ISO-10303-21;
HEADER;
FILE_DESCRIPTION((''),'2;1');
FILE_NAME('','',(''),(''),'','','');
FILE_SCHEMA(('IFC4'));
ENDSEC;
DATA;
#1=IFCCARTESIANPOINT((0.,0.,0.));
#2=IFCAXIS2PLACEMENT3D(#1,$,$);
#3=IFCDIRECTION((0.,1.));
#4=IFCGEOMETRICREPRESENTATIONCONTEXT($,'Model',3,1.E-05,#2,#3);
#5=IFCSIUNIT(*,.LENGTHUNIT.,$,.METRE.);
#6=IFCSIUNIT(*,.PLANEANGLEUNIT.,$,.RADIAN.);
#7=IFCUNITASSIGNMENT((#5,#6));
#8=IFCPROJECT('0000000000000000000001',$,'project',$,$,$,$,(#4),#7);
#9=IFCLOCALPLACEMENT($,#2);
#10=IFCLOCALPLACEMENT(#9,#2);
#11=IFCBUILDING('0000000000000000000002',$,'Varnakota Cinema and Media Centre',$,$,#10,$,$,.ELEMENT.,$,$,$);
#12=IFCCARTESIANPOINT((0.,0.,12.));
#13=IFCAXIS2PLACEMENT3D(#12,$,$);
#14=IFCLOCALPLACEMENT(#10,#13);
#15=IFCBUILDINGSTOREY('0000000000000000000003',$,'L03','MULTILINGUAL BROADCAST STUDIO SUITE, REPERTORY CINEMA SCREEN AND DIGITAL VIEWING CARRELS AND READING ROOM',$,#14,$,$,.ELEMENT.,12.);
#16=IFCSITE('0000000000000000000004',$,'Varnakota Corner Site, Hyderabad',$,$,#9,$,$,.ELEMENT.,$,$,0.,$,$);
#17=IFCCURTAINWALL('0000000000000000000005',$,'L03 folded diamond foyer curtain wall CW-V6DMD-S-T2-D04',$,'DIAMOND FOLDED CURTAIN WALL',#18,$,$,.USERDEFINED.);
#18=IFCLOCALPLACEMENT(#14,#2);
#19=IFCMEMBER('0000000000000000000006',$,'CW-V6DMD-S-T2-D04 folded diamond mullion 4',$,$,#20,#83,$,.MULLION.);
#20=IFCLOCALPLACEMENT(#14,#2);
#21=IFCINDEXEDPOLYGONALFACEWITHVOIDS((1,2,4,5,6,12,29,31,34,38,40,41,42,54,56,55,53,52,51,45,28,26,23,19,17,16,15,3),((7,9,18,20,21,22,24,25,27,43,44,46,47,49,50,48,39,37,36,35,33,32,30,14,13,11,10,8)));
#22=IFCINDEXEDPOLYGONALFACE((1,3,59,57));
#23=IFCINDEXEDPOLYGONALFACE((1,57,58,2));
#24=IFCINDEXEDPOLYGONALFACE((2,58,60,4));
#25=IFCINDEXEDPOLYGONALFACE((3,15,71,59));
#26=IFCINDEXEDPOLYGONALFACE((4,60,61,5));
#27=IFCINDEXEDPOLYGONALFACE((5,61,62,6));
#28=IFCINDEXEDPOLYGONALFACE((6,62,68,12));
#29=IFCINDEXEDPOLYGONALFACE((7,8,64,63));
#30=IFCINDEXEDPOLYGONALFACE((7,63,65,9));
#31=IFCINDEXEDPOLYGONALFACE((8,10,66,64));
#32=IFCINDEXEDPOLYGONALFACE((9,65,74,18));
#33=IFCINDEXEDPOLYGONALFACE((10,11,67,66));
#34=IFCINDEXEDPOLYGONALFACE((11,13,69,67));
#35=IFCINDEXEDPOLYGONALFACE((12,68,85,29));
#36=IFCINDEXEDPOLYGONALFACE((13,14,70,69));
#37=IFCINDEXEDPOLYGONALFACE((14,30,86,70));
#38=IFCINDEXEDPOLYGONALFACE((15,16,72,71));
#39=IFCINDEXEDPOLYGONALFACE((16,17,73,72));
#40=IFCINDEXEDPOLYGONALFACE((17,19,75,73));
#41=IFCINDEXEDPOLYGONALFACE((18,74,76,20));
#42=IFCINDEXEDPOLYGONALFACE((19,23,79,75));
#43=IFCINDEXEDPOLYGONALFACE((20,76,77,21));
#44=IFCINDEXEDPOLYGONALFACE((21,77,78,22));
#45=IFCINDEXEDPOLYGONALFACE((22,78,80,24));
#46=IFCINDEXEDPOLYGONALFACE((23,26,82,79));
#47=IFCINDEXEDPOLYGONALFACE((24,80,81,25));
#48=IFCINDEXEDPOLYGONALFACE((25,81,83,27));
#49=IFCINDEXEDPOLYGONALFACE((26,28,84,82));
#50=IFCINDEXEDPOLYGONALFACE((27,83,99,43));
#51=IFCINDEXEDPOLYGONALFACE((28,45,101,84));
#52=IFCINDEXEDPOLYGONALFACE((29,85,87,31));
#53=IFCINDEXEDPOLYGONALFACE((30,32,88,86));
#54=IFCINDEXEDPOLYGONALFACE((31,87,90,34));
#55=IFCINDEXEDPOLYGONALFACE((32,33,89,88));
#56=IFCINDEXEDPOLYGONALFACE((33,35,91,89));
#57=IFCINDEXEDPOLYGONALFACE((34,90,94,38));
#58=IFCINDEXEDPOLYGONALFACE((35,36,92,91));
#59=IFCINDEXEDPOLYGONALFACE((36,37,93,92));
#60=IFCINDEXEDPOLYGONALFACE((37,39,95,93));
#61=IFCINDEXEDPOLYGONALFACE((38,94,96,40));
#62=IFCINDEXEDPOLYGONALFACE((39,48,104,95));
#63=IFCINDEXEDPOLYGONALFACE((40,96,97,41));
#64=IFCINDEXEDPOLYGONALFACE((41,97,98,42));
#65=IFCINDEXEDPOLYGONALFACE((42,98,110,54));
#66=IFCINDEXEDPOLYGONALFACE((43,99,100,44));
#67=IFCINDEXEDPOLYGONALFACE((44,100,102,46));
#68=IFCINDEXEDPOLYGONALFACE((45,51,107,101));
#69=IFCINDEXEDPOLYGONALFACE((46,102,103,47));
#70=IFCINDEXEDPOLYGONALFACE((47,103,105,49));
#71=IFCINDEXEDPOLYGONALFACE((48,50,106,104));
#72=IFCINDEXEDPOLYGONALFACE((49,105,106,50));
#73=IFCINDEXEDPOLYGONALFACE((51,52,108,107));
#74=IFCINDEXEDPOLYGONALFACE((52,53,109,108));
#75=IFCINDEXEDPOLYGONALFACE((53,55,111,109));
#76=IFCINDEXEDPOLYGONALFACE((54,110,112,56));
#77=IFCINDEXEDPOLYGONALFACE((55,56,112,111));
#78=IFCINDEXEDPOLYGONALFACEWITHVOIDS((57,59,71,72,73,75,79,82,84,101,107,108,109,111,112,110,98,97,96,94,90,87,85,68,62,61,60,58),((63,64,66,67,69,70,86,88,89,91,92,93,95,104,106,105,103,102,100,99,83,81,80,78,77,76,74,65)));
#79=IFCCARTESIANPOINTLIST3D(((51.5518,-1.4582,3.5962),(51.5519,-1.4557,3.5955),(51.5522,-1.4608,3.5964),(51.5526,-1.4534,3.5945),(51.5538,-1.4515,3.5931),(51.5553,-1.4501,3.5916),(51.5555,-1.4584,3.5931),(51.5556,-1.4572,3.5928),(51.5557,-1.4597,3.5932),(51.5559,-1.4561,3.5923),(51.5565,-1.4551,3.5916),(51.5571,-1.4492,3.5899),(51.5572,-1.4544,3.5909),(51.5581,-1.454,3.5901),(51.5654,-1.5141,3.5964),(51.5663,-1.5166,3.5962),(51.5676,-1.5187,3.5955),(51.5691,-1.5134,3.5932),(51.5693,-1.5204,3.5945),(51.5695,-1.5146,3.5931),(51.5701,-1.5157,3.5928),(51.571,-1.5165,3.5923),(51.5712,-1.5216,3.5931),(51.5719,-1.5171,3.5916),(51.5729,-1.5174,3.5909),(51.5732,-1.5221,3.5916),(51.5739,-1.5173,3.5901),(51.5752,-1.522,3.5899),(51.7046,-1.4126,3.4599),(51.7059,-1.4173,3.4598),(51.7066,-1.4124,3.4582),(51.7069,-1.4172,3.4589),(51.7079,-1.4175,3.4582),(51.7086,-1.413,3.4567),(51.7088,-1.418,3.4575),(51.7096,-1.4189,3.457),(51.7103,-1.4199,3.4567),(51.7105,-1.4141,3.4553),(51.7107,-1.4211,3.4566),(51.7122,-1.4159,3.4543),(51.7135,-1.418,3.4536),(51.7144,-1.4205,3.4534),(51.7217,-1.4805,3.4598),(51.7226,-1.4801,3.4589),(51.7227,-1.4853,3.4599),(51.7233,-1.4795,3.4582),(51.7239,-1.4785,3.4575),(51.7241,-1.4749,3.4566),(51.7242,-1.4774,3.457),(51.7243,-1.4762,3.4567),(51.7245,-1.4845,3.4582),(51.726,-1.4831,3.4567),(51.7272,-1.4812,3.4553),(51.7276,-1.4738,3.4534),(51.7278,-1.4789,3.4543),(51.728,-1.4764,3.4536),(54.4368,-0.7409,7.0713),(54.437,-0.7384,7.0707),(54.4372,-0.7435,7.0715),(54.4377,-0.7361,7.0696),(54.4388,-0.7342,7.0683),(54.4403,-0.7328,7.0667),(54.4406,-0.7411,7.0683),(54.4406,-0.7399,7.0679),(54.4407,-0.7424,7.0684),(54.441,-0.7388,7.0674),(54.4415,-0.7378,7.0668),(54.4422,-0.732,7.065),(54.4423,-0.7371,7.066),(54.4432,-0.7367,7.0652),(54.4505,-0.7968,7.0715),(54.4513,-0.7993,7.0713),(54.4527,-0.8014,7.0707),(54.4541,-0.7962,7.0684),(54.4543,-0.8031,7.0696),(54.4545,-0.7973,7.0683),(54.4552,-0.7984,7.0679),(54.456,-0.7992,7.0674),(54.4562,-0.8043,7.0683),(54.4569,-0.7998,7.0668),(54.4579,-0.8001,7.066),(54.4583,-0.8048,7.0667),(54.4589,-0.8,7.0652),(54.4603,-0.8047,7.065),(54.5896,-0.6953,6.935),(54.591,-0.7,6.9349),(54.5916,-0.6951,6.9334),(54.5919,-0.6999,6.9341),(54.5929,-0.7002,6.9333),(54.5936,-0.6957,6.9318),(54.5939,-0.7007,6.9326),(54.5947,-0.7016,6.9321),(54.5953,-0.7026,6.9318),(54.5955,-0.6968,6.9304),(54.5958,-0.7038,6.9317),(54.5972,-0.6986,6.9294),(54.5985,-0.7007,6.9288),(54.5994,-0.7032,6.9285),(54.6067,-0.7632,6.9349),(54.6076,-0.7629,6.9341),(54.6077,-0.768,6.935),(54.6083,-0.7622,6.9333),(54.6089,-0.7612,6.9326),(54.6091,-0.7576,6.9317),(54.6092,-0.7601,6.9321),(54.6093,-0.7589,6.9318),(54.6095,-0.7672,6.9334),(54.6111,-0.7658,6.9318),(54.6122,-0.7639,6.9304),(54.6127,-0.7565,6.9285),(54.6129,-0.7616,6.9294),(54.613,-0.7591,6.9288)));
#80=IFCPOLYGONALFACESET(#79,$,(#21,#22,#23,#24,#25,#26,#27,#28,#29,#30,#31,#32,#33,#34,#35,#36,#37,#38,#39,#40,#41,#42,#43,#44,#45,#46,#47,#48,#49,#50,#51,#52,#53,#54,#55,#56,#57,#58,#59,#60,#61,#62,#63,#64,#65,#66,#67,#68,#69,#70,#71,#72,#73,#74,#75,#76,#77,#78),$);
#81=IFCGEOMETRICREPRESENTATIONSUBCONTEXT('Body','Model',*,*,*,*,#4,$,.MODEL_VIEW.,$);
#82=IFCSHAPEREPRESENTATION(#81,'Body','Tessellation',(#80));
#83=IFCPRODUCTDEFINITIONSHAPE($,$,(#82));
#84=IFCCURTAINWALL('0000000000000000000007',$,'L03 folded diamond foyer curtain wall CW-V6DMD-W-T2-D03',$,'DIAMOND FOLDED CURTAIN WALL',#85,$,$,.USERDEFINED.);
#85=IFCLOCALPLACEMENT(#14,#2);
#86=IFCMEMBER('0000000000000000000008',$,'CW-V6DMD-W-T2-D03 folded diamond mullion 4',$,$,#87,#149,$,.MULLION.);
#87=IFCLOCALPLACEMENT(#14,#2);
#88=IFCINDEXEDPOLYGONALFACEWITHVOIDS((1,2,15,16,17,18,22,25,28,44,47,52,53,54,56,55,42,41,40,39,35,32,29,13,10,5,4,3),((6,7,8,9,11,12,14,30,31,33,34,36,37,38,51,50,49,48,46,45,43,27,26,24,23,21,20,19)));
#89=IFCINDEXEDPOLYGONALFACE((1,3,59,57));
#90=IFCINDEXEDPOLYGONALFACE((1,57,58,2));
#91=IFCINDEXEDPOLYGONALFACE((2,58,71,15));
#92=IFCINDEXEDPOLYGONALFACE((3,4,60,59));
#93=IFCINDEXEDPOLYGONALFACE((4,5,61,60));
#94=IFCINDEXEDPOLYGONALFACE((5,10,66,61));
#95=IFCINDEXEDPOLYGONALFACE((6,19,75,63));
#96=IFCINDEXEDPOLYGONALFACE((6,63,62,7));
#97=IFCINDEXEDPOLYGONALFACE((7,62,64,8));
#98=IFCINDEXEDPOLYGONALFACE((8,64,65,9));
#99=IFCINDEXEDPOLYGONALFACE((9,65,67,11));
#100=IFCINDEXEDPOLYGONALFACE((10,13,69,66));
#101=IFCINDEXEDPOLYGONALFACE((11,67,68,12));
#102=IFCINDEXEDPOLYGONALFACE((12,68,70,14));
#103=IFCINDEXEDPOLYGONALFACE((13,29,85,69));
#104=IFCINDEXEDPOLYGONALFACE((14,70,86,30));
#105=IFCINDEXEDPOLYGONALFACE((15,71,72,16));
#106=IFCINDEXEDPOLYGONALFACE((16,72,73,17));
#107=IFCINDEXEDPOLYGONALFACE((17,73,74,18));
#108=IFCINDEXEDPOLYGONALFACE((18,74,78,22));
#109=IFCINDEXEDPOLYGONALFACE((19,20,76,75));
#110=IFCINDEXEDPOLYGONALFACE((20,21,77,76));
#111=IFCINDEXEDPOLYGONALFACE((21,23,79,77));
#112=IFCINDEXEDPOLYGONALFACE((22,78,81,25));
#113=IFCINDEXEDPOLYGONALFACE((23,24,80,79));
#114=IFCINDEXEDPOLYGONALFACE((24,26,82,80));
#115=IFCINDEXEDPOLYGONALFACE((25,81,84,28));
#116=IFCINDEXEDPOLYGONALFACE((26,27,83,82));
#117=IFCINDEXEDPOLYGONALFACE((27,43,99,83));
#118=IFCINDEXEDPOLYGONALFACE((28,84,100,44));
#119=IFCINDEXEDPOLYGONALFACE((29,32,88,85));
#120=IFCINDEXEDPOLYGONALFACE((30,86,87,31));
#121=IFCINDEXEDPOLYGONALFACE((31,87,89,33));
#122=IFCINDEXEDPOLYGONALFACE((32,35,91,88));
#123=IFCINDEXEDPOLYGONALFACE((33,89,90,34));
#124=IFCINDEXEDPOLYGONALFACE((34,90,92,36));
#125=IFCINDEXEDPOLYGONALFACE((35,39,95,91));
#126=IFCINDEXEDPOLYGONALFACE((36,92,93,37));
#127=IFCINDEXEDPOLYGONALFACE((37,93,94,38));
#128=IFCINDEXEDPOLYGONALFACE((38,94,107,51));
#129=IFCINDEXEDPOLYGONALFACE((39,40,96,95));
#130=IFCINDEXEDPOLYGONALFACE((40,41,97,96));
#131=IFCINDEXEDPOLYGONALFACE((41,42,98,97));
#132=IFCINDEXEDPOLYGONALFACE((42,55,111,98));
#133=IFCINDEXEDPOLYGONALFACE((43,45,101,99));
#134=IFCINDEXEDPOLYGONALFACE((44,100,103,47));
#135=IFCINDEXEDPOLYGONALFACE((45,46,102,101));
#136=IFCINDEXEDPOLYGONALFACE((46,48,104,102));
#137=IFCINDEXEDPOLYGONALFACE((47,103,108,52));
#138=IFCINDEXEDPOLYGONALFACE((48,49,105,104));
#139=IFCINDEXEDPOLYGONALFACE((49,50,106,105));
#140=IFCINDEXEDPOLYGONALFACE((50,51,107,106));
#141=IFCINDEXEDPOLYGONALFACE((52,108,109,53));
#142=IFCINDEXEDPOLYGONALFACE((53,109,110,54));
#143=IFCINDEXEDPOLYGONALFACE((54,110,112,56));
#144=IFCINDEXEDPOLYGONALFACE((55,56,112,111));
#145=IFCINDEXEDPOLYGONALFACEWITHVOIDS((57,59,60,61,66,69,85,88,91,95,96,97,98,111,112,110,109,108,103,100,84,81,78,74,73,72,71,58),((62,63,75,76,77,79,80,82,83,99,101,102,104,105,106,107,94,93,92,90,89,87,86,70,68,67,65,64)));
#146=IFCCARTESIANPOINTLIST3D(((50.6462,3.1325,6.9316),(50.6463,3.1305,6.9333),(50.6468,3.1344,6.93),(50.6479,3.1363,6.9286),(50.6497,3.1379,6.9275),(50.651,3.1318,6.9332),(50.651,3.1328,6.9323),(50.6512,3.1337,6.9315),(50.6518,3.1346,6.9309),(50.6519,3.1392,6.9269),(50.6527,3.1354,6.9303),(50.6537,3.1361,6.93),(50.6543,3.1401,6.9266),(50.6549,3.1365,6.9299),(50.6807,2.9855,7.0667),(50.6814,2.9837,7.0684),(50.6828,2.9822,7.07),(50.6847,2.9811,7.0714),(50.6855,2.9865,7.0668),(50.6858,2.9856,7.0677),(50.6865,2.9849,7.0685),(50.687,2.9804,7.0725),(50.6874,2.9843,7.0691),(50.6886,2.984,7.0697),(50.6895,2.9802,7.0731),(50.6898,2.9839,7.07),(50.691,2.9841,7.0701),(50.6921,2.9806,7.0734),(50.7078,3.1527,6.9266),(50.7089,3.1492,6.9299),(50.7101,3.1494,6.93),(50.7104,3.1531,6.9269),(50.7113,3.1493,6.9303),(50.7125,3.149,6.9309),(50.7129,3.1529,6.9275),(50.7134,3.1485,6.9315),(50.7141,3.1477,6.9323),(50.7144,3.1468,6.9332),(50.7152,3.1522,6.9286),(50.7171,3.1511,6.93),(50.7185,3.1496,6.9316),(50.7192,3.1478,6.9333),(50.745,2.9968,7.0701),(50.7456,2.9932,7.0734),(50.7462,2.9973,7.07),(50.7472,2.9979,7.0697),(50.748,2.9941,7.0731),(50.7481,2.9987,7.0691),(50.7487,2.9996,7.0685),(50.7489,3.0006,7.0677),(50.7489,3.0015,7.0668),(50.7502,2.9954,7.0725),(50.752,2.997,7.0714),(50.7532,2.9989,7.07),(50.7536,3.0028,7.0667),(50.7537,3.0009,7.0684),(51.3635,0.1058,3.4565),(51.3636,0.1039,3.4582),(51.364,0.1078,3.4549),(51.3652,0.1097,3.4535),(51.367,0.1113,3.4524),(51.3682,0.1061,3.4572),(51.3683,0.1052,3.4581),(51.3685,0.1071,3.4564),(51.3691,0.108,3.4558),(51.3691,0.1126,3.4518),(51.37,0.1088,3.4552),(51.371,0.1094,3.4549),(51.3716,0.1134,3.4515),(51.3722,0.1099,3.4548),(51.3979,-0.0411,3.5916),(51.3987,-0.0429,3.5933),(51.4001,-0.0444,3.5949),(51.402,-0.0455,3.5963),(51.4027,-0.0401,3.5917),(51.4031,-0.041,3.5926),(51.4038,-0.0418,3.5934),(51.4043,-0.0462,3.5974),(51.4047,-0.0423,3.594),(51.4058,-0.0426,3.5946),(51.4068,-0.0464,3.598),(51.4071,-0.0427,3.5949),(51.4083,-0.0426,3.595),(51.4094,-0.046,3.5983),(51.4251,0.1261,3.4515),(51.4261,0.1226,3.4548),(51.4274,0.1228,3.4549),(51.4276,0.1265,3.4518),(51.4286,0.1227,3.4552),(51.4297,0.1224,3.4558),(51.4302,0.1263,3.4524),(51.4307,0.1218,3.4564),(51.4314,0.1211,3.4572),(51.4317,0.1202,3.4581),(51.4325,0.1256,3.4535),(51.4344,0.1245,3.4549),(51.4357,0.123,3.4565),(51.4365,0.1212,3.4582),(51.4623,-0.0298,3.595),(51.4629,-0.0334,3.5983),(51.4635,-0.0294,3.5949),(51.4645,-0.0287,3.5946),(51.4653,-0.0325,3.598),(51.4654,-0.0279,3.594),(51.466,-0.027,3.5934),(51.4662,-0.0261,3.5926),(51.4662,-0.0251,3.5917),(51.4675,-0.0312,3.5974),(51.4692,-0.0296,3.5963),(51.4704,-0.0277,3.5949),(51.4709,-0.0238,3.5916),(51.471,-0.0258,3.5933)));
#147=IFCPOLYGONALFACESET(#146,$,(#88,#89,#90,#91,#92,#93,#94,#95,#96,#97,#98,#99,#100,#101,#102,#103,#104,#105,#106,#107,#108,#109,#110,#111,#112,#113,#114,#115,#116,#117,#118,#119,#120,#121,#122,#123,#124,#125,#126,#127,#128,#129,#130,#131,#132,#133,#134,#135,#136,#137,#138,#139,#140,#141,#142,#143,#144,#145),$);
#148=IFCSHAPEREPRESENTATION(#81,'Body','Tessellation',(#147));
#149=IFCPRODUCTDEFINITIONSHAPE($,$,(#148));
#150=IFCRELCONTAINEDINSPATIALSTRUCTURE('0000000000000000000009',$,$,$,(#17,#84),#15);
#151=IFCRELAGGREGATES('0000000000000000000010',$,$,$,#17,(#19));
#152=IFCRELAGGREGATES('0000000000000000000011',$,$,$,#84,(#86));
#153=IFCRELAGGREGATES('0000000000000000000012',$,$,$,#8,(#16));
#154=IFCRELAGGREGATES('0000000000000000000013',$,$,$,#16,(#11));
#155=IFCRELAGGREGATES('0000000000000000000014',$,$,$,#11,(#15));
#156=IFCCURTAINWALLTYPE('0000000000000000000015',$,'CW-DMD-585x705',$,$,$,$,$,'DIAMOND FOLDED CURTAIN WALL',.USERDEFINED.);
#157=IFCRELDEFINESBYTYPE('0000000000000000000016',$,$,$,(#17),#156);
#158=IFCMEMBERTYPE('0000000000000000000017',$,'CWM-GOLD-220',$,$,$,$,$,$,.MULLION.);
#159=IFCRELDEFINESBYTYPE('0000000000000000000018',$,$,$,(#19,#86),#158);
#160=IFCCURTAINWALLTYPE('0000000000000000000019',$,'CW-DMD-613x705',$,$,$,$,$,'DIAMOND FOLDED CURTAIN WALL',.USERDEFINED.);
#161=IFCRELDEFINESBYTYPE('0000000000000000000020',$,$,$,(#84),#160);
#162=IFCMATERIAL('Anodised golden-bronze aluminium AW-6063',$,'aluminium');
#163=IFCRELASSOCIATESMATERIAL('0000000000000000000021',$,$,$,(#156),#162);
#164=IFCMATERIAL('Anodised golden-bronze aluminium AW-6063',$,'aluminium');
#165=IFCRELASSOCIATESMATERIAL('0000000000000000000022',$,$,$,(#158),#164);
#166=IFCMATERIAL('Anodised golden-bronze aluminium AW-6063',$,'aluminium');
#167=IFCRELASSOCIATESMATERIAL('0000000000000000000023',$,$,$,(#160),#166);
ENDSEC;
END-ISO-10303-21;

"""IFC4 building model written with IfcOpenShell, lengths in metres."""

from ifc_helpers import new_model, si_unit, direction, frame, origin, origin_2d, place, context, subcontext, project, spatial, hollow_rectangle, extrude, material, material_profile, profile_set, type_object, element, aggregate, save


model = new_model("IFC4")

# Units and contexts
model_context = context("Model", 3, precision=1e-05, world=origin(), true_north=direction((0.0, 1.0)))
body_context = subcontext(model_context, "Body", "Model", "MODEL_VIEW")
ifc_project = project(units=[si_unit("LENGTHUNIT", "METRE"), si_unit("PLANEANGLEUNIT", "RADIAN")], contexts=[model_context])

# Site, building, storey
site_placement = place(None, origin())
site = spatial("IfcSite", under=ifc_project, at=site_placement, Name="Varnakota Corner Site, Hyderabad", CompositionType="ELEMENT", RefElevation=0.0)
building_placement = place(site_placement, origin())
building = spatial("IfcBuilding", under=site, at=building_placement, Name="Varnakota Cinema and Media Centre", CompositionType="ELEMENT")
storey_placement = place(building_placement, frame((0.0, 0.0, 12.0)))
storey = spatial("IfcBuildingStorey", under=building, at=storey_placement, Name="L03", Description="MULTILINGUAL BROADCAST STUDIO SUITE, REPERTORY CINEMA SCREEN AND DIGITAL VIEWING CARRELS AND READING ROOM", CompositionType="ELEMENT", Elevation=12.0)

# Curtain wall, member
ifc_material_1 = material(Name="Anodised golden-bronze aluminium AW-6063", Category="aluminium")
curtain_wall_type_1 = type_object("IfcCurtainWallType", Name="CW-DMD-585x705", ElementType="DIAMOND FOLDED CURTAIN WALL", PredefinedType="USERDEFINED", material=ifc_material_1)
curtain_wall_1_placement = place(storey_placement, origin())
curtain_wall_1 = element("IfcCurtainWall", 1, at=curtain_wall_1_placement, inside=storey, type_object=curtain_wall_type_1, Name="L03 folded diamond foyer curtain wall CW-V6DMD-S-T2-D04", ObjectType="DIAMOND FOLDED CURTAIN WALL", PredefinedType="USERDEFINED")
ifc_material_2 = material(Name="Anodised golden-bronze aluminium AW-6063", Category="aluminium")
ifc_material_profile_1 = material_profile(ifc_material_2, hollow_rectangle(XDim=0.075, YDim=0.22, WallThickness=0.0049, InnerFilletRadius=0.0049, OuterFilletRadius=0.01, at=origin_2d()), Name="AL-MULLION 220x75x5")
ifc_profile_set_1 = profile_set([ifc_material_profile_1], Name="Anodised golden-bronze aluminium AW-6063")
member_type_1 = type_object("IfcMemberType", Name="CWM-GOLD-220", PredefinedType="MULLION", material=ifc_profile_set_1)
member_1_placement = place(storey_placement, frame((51.6399, -1.4673, 3.5249), z_axis=(0.630853, 0.156846, 0.759885), x_axis=(-0.241279, 0.970456, 0.0)))
member_1 = element("IfcMember", 2, at=member_1_placement, type_object=member_type_1, Name="CW-V6DMD-S-T2-D04 folded diamond mullion 4", PredefinedType="MULLION", context=body_context, shape_type="SweptSolid", body=[
    extrude(hollow_rectangle(XDim=0.075, YDim=0.22, WallThickness=0.0049, InnerFilletRadius=0.0049, OuterFilletRadius=0.01, at=origin_2d()), origin(), (0.0, 0.0, 1.0), 4.5732),
])

# Curtain wall, member
ifc_material_3 = material(Name="Anodised golden-bronze aluminium AW-6063", Category="aluminium")
curtain_wall_type_2 = type_object("IfcCurtainWallType", Name="CW-DMD-613x705", ElementType="DIAMOND FOLDED CURTAIN WALL", PredefinedType="USERDEFINED", material=ifc_material_3)
curtain_wall_2_placement = place(storey_placement, origin())
curtain_wall_2 = element("IfcCurtainWall", 3, at=curtain_wall_2_placement, inside=storey, type_object=curtain_wall_type_2, Name="L03 folded diamond foyer curtain wall CW-V6DMD-W-T2-D03", ObjectType="DIAMOND FOLDED CURTAIN WALL", PredefinedType="USERDEFINED")
member_2_placement = place(storey_placement, frame((51.4172, 0.04, 3.5249), z_axis=(-0.153798, 0.648956, 0.745119), x_axis=(-0.973047, -0.230605, 0.0)))
member_2 = element("IfcMember", 4, at=member_2_placement, type_object=member_type_1, Name="CW-V6DMD-W-T2-D03 folded diamond mullion 4", PredefinedType="MULLION", context=body_context, shape_type="SweptSolid", body=[
    extrude(hollow_rectangle(XDim=0.075, YDim=0.22, WallThickness=0.0049, InnerFilletRadius=0.0049, OuterFilletRadius=0.01, at=origin_2d()), origin(), (0.0, 0.0, 1.0), 4.6638),
])

aggregate(curtain_wall_1, [member_1])
aggregate(curtain_wall_2, [member_2])

save(model, "model.ifc")
